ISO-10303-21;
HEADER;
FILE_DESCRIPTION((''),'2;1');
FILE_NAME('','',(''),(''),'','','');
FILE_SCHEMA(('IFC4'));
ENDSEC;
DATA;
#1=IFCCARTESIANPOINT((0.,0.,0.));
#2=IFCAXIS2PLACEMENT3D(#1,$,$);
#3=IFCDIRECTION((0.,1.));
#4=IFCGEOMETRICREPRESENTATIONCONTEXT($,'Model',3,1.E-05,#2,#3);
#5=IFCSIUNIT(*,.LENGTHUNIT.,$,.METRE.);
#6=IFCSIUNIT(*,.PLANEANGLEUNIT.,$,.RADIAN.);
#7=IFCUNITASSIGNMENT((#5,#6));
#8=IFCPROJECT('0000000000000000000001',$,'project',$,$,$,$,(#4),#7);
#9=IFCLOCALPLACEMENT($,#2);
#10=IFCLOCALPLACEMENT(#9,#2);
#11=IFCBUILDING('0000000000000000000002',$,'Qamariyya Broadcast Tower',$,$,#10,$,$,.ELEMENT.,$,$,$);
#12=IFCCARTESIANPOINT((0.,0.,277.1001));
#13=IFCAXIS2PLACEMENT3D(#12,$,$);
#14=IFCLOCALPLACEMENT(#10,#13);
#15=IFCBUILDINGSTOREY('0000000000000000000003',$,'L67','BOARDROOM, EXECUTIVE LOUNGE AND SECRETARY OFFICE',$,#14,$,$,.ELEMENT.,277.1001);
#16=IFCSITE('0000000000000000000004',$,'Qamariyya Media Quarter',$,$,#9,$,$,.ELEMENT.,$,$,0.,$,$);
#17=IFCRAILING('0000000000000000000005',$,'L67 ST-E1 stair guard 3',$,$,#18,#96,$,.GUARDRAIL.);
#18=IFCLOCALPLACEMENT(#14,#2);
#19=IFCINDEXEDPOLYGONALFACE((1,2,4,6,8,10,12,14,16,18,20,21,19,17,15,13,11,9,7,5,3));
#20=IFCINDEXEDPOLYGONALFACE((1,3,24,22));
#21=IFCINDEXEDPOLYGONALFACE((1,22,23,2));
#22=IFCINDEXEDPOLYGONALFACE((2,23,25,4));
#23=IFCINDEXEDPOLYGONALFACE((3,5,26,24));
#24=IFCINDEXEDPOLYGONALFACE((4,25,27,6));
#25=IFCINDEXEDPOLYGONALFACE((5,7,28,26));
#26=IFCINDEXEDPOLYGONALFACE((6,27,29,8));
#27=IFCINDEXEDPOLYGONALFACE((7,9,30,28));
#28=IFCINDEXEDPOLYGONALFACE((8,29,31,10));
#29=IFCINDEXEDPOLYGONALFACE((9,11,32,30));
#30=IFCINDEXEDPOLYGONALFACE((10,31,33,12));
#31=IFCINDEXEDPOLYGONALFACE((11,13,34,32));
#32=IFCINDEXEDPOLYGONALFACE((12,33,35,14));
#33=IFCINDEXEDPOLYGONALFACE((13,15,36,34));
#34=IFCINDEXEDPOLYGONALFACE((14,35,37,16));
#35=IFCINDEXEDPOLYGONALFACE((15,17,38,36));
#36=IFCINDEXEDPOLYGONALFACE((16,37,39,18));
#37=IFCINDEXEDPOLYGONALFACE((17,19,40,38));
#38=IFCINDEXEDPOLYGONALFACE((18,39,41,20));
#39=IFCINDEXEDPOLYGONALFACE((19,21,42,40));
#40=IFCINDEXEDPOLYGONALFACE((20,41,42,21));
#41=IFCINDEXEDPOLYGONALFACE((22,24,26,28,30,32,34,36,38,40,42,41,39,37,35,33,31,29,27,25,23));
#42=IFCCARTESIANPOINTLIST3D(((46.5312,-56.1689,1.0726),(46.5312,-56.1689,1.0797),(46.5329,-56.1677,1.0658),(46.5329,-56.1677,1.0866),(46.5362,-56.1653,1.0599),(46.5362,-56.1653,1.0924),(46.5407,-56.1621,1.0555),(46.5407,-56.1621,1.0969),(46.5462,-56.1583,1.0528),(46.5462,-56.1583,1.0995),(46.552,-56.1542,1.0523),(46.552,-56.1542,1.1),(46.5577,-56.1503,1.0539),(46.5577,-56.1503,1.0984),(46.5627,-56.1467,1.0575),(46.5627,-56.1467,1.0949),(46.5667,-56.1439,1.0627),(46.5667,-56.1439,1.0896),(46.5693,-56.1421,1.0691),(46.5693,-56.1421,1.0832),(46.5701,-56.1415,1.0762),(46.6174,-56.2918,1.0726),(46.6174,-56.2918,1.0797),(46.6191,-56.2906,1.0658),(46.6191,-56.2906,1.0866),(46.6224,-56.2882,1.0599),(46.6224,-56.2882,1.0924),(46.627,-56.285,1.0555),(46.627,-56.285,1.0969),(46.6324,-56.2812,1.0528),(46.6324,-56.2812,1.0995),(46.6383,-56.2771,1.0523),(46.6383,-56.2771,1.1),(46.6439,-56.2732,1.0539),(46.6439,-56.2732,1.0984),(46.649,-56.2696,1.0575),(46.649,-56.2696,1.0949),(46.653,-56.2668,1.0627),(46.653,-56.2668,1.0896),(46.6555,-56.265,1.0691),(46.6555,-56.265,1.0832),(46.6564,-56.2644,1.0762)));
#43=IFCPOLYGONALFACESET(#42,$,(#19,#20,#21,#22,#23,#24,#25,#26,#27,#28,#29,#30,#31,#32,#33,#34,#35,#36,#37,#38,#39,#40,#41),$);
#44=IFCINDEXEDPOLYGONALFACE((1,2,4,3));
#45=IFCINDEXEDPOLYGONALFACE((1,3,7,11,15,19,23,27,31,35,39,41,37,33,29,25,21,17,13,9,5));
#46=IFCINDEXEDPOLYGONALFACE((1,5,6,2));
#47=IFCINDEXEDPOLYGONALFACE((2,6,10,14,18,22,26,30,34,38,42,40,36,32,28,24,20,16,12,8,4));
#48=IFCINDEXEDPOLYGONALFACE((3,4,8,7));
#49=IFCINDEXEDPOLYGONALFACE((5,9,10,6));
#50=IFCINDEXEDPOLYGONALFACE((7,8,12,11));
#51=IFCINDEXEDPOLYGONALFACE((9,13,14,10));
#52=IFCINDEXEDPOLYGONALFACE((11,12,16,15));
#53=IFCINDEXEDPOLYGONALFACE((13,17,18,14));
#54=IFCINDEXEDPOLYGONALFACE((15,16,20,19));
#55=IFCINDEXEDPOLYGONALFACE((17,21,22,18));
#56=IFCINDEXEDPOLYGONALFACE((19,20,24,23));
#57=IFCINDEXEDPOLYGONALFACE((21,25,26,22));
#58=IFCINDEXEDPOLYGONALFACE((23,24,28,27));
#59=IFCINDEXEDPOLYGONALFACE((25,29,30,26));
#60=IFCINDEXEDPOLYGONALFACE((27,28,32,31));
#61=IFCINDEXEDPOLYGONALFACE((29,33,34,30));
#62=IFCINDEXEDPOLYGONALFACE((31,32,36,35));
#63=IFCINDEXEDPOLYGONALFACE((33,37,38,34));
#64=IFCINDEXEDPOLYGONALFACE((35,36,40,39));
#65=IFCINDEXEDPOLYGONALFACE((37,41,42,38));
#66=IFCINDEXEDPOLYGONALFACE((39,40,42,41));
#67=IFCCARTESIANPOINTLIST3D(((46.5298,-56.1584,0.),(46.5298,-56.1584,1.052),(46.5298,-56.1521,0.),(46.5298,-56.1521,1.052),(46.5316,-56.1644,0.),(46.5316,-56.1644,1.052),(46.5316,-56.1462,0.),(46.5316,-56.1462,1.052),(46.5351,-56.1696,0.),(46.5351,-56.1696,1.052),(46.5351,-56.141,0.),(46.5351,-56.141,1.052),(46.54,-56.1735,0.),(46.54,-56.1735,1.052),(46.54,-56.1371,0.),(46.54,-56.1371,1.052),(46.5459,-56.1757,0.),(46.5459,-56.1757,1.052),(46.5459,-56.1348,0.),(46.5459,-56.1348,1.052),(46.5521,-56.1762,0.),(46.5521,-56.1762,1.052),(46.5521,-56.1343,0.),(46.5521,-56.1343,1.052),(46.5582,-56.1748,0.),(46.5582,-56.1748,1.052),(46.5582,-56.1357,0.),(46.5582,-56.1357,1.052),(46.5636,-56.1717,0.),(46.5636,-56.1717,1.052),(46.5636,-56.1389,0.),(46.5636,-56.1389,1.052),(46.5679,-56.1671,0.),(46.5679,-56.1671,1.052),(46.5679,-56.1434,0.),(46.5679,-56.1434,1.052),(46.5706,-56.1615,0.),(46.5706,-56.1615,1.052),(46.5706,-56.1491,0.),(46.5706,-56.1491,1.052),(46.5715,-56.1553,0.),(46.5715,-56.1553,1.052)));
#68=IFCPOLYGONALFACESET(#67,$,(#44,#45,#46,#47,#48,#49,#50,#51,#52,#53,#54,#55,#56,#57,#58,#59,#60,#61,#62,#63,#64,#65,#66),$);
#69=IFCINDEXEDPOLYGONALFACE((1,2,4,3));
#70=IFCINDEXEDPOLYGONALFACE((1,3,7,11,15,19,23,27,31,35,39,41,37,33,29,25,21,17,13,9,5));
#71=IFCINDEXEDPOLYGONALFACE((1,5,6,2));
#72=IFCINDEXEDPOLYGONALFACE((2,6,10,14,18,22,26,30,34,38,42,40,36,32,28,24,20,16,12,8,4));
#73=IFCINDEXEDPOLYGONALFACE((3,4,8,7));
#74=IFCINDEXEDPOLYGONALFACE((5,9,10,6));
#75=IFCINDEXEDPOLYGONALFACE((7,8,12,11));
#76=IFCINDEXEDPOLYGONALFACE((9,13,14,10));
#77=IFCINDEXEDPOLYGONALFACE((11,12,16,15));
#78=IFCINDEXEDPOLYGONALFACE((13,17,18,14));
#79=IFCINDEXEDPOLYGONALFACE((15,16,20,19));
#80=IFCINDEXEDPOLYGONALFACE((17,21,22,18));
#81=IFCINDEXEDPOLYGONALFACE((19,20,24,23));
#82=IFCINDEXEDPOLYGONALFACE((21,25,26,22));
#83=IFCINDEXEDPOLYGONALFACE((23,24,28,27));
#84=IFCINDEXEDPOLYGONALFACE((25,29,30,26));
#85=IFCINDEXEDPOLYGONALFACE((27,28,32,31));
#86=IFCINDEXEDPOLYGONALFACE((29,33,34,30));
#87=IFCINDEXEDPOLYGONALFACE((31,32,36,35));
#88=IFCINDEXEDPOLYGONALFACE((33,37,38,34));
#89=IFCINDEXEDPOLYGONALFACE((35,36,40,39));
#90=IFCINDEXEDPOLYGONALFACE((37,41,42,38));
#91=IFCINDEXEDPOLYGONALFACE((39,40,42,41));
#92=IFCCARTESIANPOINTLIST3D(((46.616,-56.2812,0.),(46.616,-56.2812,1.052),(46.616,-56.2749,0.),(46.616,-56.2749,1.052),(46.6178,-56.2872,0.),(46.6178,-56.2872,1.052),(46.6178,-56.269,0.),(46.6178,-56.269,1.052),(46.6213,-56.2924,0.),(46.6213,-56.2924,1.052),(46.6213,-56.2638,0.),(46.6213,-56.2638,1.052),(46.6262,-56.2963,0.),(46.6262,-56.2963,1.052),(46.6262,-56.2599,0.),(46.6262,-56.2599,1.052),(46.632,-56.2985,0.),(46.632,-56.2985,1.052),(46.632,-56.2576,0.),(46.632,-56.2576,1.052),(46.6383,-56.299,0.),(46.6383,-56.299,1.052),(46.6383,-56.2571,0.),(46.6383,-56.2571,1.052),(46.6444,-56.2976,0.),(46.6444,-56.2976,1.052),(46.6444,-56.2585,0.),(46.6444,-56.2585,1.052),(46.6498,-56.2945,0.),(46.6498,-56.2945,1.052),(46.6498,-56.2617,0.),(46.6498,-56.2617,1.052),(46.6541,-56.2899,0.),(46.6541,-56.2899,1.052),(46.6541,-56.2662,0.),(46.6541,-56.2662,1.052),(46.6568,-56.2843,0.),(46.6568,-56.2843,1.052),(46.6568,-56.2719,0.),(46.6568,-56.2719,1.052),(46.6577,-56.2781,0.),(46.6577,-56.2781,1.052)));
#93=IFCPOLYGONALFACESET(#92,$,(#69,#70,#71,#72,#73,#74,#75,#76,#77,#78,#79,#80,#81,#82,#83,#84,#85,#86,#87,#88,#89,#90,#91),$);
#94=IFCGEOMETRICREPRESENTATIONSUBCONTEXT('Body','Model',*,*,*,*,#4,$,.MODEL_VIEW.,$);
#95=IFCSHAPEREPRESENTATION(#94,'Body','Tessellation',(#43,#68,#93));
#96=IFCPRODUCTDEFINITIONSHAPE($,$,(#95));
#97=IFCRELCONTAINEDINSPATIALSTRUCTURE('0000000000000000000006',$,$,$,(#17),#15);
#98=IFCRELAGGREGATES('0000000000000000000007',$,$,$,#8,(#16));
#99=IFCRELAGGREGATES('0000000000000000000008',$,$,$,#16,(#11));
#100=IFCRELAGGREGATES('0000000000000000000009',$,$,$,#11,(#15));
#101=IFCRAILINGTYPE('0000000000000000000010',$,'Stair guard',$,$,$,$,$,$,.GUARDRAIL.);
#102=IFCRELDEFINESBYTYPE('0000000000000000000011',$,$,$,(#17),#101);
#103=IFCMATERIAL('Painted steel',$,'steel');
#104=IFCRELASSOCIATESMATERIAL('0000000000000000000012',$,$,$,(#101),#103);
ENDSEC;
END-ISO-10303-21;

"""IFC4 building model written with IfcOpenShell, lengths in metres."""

from ifc_helpers import new_model, si_unit, direction, frame, origin, origin_2d, place, context, subcontext, project, spatial, circle, extrude, material, type_object, element, save


model = new_model("IFC4")

# Units and contexts
model_context = context("Model", 3, precision=1e-05, world=origin(), true_north=direction((0.0, 1.0)))
body_context = subcontext(model_context, "Body", "Model", "MODEL_VIEW")
ifc_project = project(units=[si_unit("LENGTHUNIT", "METRE"), si_unit("PLANEANGLEUNIT", "RADIAN")], contexts=[model_context])

# Site, building, storey
site_placement = place(None, origin())
site = spatial("IfcSite", under=ifc_project, at=site_placement, Name="Qamariyya Media Quarter", CompositionType="ELEMENT", RefElevation=0.0)
building_placement = place(site_placement, origin())
building = spatial("IfcBuilding", under=site, at=building_placement, Name="Qamariyya Broadcast Tower", CompositionType="ELEMENT")
storey_placement = place(building_placement, frame((0.0, 0.0, 277.1001)))
storey = spatial("IfcBuildingStorey", under=building, at=storey_placement, Name="L67", Description="BOARDROOM, EXECUTIVE LOUNGE AND SECRETARY OFFICE", CompositionType="ELEMENT", Elevation=277.1001)

# Railing
ifc_material_1 = material(Name="Painted steel", Category="steel")
railing_type_1 = type_object("IfcRailingType", Name="Stair guard", PredefinedType="GUARDRAIL", material=ifc_material_1)
railing_1_placement = place(storey_placement, frame((46.5505, -56.1553, 0.0)))
element("IfcRailing", 1, at=railing_1_placement, inside=storey, type_object=railing_type_1, Name="L67 ST-E1 stair guard 3", PredefinedType="GUARDRAIL", context=body_context, shape_type="SweptSolid", body=[
    extrude(circle(Radius=0.0239, at=origin_2d()), frame((0.0, 0.0, 1.0762), z_axis=(0.574445, -0.818543, 0.0), x_axis=(0.818543, 0.574445, 0.0)), (0.0, 0.0, 1.0), 0.1501),
    extrude(circle(Radius=0.021, at=origin_2d()), origin(), (0.0, 0.0, 1.0), 1.052),
    extrude(circle(Radius=0.021, at=origin_2d()), frame((0.0862, -0.1228, 0.0)), (0.0, 0.0, 1.0), 1.052),
])

save(model, "model.ifc")
